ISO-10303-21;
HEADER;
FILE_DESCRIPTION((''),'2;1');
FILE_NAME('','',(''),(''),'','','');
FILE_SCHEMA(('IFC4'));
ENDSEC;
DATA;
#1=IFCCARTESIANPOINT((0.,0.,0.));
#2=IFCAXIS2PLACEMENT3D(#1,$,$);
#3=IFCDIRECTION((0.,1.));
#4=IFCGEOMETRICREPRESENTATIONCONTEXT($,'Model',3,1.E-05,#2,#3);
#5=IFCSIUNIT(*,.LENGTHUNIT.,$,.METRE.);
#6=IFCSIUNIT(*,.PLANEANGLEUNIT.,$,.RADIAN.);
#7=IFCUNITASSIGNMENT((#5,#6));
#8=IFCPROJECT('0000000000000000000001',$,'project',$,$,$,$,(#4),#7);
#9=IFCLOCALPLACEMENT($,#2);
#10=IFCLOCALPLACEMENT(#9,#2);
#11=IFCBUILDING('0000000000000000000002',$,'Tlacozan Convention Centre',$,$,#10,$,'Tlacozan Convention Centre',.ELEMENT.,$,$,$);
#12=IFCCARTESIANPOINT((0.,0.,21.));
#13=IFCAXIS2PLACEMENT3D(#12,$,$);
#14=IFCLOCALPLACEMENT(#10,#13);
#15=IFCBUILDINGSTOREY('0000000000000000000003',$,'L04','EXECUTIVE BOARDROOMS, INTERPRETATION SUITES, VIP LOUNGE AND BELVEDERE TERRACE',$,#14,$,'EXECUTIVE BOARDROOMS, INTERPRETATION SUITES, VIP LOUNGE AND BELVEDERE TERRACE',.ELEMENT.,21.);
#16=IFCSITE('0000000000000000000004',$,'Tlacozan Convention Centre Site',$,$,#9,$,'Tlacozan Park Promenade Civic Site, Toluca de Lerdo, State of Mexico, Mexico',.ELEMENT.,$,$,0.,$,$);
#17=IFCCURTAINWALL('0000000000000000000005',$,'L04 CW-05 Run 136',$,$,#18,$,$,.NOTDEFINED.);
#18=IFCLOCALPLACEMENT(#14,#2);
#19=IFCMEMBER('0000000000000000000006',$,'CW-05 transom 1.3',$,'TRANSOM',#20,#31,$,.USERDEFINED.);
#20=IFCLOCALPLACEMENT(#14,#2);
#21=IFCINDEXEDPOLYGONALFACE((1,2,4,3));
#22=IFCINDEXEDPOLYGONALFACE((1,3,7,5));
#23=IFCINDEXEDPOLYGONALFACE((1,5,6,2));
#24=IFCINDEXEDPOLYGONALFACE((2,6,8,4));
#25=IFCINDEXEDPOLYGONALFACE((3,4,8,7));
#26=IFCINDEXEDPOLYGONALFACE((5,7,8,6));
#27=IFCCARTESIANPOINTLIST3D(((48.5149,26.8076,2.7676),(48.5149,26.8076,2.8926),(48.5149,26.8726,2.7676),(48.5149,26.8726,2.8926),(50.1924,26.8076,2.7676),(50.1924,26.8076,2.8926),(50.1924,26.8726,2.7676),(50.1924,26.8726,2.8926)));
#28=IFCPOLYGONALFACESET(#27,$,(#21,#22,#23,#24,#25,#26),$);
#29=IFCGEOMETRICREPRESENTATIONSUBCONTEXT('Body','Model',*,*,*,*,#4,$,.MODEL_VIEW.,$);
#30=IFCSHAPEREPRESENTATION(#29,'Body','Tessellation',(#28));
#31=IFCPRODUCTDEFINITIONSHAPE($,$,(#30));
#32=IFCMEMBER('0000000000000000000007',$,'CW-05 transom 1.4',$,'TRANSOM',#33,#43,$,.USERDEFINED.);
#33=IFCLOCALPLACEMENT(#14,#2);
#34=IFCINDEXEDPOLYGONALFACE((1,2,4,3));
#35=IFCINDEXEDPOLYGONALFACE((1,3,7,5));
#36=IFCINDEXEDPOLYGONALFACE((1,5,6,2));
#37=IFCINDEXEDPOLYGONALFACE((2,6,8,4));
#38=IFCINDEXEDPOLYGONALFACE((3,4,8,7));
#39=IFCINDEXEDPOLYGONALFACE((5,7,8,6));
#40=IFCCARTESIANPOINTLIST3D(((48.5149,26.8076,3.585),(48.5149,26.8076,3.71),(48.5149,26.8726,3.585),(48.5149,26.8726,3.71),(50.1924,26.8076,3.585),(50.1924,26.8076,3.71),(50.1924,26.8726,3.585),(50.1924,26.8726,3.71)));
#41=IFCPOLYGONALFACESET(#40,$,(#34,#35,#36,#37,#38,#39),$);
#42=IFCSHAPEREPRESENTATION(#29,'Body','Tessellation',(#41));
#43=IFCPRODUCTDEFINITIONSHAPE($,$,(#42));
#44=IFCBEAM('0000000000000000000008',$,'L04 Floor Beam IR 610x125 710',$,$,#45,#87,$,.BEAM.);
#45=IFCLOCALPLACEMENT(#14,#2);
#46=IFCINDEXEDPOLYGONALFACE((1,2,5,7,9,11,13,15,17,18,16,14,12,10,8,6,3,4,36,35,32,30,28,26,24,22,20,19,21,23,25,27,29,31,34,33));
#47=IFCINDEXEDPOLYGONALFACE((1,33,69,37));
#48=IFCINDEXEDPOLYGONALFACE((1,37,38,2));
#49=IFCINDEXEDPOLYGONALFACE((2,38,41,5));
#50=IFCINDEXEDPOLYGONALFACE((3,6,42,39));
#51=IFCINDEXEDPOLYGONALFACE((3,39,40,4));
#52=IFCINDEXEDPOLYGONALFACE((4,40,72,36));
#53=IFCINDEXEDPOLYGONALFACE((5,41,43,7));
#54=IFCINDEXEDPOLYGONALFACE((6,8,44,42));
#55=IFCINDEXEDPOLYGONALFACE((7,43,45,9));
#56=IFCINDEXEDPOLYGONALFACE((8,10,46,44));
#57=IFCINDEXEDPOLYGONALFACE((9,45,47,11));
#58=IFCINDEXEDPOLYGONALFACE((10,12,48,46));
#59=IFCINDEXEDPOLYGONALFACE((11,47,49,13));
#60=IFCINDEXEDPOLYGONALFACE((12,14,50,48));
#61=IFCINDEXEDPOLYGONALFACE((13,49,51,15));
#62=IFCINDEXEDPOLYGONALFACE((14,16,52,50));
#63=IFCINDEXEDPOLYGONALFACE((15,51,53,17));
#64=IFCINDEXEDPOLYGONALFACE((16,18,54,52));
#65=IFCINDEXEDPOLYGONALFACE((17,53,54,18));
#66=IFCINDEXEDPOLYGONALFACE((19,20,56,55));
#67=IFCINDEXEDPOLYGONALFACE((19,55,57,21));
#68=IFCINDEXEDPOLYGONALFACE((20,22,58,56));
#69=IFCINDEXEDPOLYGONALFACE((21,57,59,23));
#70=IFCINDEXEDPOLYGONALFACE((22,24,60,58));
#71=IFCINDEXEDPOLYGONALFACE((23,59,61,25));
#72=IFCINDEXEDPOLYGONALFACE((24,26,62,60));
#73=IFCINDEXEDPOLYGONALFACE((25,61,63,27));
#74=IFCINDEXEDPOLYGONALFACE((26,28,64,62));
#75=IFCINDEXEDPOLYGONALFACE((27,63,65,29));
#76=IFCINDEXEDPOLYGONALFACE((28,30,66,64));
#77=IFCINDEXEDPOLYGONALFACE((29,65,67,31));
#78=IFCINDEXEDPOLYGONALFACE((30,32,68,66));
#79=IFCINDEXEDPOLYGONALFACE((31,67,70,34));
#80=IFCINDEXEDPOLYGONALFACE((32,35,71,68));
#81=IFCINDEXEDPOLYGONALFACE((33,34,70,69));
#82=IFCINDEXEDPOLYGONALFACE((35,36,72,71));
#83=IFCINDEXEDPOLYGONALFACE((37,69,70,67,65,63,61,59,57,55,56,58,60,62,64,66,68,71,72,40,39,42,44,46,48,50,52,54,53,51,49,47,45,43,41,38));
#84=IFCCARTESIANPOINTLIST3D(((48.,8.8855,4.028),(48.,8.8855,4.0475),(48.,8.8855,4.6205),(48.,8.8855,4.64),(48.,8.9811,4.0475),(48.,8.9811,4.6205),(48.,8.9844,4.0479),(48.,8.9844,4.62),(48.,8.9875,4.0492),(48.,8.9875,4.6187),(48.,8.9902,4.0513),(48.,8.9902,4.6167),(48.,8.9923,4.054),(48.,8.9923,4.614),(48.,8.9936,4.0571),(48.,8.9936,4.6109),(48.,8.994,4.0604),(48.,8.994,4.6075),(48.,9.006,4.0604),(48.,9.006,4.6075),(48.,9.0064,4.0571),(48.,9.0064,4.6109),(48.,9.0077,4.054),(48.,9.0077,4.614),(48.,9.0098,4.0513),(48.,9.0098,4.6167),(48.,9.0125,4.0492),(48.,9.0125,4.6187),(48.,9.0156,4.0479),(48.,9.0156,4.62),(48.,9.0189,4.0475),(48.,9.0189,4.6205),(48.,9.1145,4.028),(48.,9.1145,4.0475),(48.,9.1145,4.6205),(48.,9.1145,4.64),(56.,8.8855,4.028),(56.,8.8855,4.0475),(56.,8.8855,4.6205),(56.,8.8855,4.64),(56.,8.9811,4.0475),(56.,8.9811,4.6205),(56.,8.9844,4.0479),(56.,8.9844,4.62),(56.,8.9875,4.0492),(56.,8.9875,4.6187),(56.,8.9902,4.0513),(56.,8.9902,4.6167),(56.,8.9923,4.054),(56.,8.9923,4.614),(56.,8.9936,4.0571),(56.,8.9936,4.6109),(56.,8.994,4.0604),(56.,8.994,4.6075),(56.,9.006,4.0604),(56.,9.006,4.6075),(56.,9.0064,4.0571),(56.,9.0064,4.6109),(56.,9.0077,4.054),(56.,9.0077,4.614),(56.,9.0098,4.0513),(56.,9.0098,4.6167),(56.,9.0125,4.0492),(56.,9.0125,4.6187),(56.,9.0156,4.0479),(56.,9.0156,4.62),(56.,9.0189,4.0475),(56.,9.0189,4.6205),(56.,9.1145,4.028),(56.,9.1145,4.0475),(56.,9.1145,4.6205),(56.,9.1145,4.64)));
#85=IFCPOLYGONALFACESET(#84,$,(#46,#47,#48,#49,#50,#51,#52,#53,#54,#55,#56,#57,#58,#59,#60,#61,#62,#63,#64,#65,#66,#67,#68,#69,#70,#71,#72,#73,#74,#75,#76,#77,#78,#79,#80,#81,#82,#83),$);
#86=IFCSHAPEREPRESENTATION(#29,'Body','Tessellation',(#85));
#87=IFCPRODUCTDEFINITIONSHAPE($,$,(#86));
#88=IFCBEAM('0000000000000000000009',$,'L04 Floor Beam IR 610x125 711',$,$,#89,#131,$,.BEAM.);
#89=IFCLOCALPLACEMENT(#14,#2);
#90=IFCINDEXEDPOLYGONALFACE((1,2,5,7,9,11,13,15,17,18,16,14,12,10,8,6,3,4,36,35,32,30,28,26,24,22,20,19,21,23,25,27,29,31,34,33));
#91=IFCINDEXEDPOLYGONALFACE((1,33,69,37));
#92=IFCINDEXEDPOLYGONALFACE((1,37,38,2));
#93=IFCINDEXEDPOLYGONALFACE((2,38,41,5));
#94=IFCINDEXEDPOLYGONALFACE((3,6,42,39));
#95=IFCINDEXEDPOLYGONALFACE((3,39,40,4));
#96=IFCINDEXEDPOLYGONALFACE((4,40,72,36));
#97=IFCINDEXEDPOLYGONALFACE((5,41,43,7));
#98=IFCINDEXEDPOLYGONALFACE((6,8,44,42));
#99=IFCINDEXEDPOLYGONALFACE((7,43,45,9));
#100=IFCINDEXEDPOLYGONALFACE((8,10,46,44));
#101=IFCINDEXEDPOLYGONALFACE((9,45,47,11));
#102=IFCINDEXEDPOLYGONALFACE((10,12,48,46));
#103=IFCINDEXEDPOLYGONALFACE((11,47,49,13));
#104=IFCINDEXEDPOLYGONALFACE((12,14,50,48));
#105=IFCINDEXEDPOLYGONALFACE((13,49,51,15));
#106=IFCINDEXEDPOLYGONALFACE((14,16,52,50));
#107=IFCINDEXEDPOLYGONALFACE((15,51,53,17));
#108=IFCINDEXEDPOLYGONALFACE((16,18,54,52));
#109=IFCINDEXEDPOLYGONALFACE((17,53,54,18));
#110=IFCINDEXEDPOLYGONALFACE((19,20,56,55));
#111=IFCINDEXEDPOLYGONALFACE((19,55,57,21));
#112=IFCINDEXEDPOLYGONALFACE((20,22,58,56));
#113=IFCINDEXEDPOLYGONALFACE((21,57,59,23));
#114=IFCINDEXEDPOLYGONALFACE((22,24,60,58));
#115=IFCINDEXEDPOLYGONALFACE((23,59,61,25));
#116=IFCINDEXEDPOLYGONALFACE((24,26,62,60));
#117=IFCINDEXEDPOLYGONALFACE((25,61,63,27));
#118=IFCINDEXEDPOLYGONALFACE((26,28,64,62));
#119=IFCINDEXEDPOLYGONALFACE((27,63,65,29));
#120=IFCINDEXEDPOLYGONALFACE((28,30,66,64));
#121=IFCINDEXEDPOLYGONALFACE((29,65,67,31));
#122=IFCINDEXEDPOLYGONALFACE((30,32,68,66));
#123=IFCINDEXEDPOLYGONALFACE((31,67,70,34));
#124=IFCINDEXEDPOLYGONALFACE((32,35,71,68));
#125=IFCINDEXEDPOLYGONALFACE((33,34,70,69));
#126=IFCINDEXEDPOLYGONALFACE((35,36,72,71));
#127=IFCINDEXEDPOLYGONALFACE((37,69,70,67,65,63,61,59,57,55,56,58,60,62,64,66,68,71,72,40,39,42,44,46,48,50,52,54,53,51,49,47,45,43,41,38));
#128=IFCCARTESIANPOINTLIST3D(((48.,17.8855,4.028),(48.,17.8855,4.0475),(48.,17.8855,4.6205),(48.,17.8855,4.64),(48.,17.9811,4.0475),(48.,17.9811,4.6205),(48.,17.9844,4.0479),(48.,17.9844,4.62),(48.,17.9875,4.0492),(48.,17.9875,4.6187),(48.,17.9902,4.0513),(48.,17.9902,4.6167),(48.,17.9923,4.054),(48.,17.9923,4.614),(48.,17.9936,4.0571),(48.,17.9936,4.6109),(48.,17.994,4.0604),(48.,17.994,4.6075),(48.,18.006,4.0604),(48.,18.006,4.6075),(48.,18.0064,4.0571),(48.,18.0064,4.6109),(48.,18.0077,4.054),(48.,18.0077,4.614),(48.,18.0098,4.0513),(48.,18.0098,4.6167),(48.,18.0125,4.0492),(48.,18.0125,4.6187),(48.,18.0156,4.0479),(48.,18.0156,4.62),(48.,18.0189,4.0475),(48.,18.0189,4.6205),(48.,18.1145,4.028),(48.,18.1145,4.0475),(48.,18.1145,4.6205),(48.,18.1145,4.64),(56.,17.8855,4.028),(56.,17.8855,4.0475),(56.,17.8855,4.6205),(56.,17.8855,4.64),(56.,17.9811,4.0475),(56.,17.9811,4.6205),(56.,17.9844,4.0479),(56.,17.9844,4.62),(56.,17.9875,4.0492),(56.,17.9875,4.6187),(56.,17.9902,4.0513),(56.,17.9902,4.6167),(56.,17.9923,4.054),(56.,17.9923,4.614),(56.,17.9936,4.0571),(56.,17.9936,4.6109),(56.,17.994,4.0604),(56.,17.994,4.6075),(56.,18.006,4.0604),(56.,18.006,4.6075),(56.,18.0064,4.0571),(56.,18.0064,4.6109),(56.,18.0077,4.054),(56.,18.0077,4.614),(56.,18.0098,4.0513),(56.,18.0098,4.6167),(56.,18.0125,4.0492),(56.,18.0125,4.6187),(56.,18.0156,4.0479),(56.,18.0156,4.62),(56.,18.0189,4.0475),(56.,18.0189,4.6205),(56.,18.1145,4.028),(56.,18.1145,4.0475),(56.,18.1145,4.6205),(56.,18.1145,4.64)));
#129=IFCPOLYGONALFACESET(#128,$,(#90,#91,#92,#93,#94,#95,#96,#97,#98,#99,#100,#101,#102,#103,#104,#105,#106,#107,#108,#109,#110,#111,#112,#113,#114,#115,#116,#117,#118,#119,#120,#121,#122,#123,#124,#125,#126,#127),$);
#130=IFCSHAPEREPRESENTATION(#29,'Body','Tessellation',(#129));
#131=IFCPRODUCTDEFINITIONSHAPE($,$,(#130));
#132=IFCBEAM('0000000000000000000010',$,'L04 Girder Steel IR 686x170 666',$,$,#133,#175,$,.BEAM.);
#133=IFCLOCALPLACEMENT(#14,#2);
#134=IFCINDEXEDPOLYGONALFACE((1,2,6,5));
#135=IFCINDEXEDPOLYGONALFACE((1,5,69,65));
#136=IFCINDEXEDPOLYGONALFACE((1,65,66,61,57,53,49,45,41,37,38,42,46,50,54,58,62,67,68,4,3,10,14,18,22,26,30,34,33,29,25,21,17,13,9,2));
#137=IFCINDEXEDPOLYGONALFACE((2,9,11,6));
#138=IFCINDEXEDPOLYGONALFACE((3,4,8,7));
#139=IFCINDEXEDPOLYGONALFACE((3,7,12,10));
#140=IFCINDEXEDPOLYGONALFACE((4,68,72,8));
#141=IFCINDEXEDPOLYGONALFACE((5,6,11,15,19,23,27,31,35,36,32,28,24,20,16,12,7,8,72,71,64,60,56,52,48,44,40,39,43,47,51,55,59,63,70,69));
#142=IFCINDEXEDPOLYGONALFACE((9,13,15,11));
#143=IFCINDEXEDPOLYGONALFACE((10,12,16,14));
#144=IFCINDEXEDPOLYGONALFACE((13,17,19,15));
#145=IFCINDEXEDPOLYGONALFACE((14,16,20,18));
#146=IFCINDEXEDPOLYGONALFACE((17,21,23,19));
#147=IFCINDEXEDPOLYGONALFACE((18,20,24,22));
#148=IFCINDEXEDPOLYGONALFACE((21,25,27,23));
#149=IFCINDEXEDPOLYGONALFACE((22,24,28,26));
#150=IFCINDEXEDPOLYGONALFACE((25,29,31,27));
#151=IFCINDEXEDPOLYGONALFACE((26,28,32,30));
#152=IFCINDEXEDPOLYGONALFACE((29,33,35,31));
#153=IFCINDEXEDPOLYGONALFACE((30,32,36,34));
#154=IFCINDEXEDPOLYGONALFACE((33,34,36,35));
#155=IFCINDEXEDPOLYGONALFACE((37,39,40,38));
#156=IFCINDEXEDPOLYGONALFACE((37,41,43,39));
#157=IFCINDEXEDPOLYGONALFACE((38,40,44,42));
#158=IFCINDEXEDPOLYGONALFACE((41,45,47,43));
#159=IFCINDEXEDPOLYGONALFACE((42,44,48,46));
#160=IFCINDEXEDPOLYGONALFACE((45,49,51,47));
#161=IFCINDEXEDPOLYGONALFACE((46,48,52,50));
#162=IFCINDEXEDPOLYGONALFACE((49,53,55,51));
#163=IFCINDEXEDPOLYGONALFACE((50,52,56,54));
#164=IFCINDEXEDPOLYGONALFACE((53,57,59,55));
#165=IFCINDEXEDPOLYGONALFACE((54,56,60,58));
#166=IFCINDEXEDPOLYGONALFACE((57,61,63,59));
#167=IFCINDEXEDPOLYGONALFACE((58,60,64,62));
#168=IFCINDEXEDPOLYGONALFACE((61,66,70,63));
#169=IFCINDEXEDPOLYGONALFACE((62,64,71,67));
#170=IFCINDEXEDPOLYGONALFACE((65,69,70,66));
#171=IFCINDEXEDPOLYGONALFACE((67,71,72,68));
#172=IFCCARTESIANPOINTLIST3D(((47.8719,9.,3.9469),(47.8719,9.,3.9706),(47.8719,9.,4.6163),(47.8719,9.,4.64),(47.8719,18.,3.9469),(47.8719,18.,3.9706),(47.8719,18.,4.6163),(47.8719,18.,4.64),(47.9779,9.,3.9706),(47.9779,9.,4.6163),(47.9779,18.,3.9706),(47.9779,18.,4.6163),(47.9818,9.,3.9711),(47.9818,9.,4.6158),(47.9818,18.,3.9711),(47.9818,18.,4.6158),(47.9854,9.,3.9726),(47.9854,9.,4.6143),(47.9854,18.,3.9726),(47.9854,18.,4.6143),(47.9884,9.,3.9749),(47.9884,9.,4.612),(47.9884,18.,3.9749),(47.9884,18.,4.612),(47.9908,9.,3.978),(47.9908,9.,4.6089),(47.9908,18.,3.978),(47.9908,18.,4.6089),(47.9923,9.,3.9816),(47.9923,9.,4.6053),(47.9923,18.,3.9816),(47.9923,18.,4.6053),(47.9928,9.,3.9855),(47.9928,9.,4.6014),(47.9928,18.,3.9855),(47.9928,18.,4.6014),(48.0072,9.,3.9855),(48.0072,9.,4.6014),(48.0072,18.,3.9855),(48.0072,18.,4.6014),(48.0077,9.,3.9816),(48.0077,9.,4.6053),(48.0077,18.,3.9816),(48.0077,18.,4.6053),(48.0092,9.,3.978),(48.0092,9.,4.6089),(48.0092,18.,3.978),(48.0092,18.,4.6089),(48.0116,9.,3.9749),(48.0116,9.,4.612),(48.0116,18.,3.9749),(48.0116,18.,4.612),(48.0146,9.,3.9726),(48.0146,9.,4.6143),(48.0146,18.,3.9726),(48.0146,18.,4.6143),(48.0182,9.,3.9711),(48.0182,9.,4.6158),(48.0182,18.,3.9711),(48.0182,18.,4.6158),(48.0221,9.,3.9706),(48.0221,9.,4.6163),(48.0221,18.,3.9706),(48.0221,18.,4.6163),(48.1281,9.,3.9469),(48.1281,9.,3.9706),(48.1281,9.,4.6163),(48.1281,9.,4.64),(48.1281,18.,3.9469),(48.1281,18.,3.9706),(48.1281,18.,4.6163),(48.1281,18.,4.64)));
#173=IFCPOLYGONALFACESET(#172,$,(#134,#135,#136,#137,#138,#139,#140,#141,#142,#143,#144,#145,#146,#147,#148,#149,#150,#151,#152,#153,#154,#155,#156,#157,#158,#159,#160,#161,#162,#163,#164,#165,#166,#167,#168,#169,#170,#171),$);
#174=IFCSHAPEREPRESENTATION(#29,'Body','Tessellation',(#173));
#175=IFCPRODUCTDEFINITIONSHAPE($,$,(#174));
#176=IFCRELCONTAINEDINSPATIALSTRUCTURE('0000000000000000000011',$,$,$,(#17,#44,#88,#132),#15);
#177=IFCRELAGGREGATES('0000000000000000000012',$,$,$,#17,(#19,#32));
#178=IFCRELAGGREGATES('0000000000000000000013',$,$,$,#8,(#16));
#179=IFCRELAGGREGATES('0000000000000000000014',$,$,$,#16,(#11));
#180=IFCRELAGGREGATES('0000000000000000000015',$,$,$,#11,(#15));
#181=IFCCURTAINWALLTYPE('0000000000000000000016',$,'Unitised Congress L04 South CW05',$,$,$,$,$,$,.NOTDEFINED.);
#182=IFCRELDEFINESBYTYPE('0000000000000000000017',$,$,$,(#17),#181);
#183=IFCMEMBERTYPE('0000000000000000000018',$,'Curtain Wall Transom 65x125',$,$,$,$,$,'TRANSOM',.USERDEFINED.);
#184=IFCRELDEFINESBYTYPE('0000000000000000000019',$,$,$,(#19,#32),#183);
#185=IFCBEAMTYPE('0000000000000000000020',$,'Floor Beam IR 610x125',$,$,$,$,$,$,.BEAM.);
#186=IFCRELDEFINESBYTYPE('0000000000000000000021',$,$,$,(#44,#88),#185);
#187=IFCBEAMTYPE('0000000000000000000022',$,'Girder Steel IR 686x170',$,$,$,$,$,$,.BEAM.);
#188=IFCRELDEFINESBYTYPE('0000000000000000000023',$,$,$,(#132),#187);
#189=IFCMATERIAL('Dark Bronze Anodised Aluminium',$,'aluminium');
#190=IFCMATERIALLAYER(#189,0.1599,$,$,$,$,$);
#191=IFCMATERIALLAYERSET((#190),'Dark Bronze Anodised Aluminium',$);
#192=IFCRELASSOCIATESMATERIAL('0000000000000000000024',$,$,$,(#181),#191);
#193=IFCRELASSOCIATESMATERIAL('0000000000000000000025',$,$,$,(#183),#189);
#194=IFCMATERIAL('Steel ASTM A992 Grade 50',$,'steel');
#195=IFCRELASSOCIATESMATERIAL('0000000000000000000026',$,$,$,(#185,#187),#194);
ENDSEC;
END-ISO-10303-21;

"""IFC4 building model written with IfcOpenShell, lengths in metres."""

from ifc_helpers import new_model, si_unit, direction, frame, origin, origin_2d, place, context, subcontext, project, spatial, rectangle, i_section, extrude, material, layer, layer_set, material_profile, profile_set, type_object, element, aggregate, save


model = new_model("IFC4")

# Units and contexts
model_context = context("Model", 3, precision=1e-05, world=origin(), true_north=direction((0.0, 1.0)))
body_context = subcontext(model_context, "Body", "Model", "MODEL_VIEW")
ifc_project = project(units=[si_unit("LENGTHUNIT", "METRE"), si_unit("PLANEANGLEUNIT", "RADIAN")], contexts=[model_context])

# Site, building, storey
site_placement = place(None, origin())
site = spatial("IfcSite", under=ifc_project, at=site_placement, Name="Tlacozan Convention Centre Site", LongName="Tlacozan Park Promenade Civic Site, Toluca de Lerdo, State of Mexico, Mexico", CompositionType="ELEMENT", RefElevation=0.0)
building_placement = place(site_placement, origin())
building = spatial("IfcBuilding", under=site, at=building_placement, Name="Tlacozan Convention Centre", LongName="Tlacozan Convention Centre", CompositionType="ELEMENT")
storey_placement = place(building_placement, frame((0.0, 0.0, 21.0)))
storey = spatial("IfcBuildingStorey", under=building, at=storey_placement, Name="L04", Description="EXECUTIVE BOARDROOMS, INTERPRETATION SUITES, VIP LOUNGE AND BELVEDERE TERRACE", LongName="EXECUTIVE BOARDROOMS, INTERPRETATION SUITES, VIP LOUNGE AND BELVEDERE TERRACE", CompositionType="ELEMENT", Elevation=21.0)

# Curtain wall
ifc_material_1 = material(Name="Dark Bronze Anodised Aluminium", Category="aluminium")
ifc_layer_1 = layer(ifc_material_1, 0.1599)
ifc_layer_set_1 = layer_set([ifc_layer_1], Name="Dark Bronze Anodised Aluminium")
curtain_wall_type = type_object("IfcCurtainWallType", Name="Unitised Congress L04 South CW05", PredefinedType="NOTDEFINED", material=ifc_layer_set_1)
curtain_wall_1_placement = place(storey_placement, origin())
curtain_wall_1 = element("IfcCurtainWall", 1, at=curtain_wall_1_placement, inside=storey, type_object=curtain_wall_type, Name="L04 CW-05 Run 136", PredefinedType="NOTDEFINED")

# Members
ifc_material_profile_1 = material_profile(ifc_material_1, rectangle(XDim=0.0649, YDim=0.125, at=origin_2d()), Name="ALU 65x125")
ifc_profile_set_1 = profile_set([ifc_material_profile_1], Name="Dark Bronze Anodised Aluminium")
member_type_1 = type_object("IfcMemberType", Name="Curtain Wall Transom 65x125", ElementType="TRANSOM", PredefinedType="USERDEFINED", material=ifc_profile_set_1)
member_1_placement = place(storey_placement, frame((48.5149, 26.8401, 2.8301), z_axis=(1.0, 0.0, 0.0), x_axis=(0.0, 1.0, 0.0)))
member_1 = element("IfcMember", 2, at=member_1_placement, type_object=member_type_1, Name="CW-05 transom 1.3", ObjectType="TRANSOM", PredefinedType="USERDEFINED", context=body_context, shape_type="SweptSolid", body=[
    extrude(rectangle(XDim=0.0649, YDim=0.125, at=origin_2d()), origin(), (0.0, 0.0, 1.0), 1.6775),
])
member_2_placement = place(storey_placement, frame((48.5149, 26.8401, 3.6475), z_axis=(1.0, 0.0, 0.0), x_axis=(0.0, 1.0, 0.0)))
member_2 = element("IfcMember", 3, at=member_2_placement, type_object=member_type_1, Name="CW-05 transom 1.4", ObjectType="TRANSOM", PredefinedType="USERDEFINED", context=body_context, shape_type="SweptSolid", body=[
    extrude(rectangle(XDim=0.0649, YDim=0.125, at=origin_2d()), origin(), (0.0, 0.0, 1.0), 1.6775),
])

# Beams
ifc_material_2 = material(Name="Steel ASTM A992 Grade 50", Category="steel")
ifc_material_profile_2 = material_profile(ifc_material_2, i_section(OverallWidth=0.229, OverallDepth=0.6121, WebThickness=0.012, FlangeThickness=0.0195, FilletRadius=0.0129, at=origin_2d()), Name="IR 610x125.0")
ifc_profile_set_2 = profile_set([ifc_material_profile_2], Name="Steel ASTM A992 Grade 50")
beam_type_1 = type_object("IfcBeamType", Name="Floor Beam IR 610x125", PredefinedType="BEAM", material=ifc_profile_set_2)
for number, where, z_axis, x_axis, name in (
    (4, (48.0, 9.0, 4.334), (1.0, 0.0, 0.0), (0.0, 1.0, 0.0), "L04 Floor Beam IR 610x125 710"),
    (5, (48.0, 18.0, 4.334), (1.0, 0.0, 0.0), (0.0, 1.0, 0.0), "L04 Floor Beam IR 610x125 711"),
):
    element("IfcBeam", number, at=place(storey_placement, frame(where, z_axis=z_axis, x_axis=x_axis)), inside=storey, type_object=beam_type_1, Name=name, PredefinedType="BEAM", context=body_context, shape_type="SweptSolid", body=[
        extrude(i_section(OverallWidth=0.229, OverallDepth=0.6121, WebThickness=0.012, FlangeThickness=0.0195, FilletRadius=0.0129, at=origin_2d()), origin(), (0.0, 0.0, 1.0), 8.0),
    ])
ifc_material_profile_3 = material_profile(ifc_material_2, i_section(OverallWidth=0.2561, OverallDepth=0.6931, WebThickness=0.0144, FlangeThickness=0.0237, FilletRadius=0.0149, at=origin_2d()), Name="IR 686x170.0")
ifc_profile_set_3 = profile_set([ifc_material_profile_3], Name="Steel ASTM A992 Grade 50")
beam_type_2 = type_object("IfcBeamType", Name="Girder Steel IR 686x170", PredefinedType="BEAM", material=ifc_profile_set_3)
for number, where, z_axis, x_axis, name in (
    (6, (48.0, 9.0, 4.2935), (0.0, 1.0, 0.0), (-1.0, 0.0, 0.0), "L04 Girder Steel IR 686x170 666"),
):
    element("IfcBeam", number, at=place(storey_placement, frame(where, z_axis=z_axis, x_axis=x_axis)), inside=storey, type_object=beam_type_2, Name=name, PredefinedType="BEAM", context=body_context, shape_type="SweptSolid", body=[
        extrude(i_section(OverallWidth=0.2561, OverallDepth=0.6931, WebThickness=0.0144, FlangeThickness=0.0237, FilletRadius=0.0149, at=origin_2d()), origin(), (0.0, 0.0, 1.0), 9.0),
    ])

aggregate(curtain_wall_1, [member_1, member_2])

save(model, "model.ifc")
